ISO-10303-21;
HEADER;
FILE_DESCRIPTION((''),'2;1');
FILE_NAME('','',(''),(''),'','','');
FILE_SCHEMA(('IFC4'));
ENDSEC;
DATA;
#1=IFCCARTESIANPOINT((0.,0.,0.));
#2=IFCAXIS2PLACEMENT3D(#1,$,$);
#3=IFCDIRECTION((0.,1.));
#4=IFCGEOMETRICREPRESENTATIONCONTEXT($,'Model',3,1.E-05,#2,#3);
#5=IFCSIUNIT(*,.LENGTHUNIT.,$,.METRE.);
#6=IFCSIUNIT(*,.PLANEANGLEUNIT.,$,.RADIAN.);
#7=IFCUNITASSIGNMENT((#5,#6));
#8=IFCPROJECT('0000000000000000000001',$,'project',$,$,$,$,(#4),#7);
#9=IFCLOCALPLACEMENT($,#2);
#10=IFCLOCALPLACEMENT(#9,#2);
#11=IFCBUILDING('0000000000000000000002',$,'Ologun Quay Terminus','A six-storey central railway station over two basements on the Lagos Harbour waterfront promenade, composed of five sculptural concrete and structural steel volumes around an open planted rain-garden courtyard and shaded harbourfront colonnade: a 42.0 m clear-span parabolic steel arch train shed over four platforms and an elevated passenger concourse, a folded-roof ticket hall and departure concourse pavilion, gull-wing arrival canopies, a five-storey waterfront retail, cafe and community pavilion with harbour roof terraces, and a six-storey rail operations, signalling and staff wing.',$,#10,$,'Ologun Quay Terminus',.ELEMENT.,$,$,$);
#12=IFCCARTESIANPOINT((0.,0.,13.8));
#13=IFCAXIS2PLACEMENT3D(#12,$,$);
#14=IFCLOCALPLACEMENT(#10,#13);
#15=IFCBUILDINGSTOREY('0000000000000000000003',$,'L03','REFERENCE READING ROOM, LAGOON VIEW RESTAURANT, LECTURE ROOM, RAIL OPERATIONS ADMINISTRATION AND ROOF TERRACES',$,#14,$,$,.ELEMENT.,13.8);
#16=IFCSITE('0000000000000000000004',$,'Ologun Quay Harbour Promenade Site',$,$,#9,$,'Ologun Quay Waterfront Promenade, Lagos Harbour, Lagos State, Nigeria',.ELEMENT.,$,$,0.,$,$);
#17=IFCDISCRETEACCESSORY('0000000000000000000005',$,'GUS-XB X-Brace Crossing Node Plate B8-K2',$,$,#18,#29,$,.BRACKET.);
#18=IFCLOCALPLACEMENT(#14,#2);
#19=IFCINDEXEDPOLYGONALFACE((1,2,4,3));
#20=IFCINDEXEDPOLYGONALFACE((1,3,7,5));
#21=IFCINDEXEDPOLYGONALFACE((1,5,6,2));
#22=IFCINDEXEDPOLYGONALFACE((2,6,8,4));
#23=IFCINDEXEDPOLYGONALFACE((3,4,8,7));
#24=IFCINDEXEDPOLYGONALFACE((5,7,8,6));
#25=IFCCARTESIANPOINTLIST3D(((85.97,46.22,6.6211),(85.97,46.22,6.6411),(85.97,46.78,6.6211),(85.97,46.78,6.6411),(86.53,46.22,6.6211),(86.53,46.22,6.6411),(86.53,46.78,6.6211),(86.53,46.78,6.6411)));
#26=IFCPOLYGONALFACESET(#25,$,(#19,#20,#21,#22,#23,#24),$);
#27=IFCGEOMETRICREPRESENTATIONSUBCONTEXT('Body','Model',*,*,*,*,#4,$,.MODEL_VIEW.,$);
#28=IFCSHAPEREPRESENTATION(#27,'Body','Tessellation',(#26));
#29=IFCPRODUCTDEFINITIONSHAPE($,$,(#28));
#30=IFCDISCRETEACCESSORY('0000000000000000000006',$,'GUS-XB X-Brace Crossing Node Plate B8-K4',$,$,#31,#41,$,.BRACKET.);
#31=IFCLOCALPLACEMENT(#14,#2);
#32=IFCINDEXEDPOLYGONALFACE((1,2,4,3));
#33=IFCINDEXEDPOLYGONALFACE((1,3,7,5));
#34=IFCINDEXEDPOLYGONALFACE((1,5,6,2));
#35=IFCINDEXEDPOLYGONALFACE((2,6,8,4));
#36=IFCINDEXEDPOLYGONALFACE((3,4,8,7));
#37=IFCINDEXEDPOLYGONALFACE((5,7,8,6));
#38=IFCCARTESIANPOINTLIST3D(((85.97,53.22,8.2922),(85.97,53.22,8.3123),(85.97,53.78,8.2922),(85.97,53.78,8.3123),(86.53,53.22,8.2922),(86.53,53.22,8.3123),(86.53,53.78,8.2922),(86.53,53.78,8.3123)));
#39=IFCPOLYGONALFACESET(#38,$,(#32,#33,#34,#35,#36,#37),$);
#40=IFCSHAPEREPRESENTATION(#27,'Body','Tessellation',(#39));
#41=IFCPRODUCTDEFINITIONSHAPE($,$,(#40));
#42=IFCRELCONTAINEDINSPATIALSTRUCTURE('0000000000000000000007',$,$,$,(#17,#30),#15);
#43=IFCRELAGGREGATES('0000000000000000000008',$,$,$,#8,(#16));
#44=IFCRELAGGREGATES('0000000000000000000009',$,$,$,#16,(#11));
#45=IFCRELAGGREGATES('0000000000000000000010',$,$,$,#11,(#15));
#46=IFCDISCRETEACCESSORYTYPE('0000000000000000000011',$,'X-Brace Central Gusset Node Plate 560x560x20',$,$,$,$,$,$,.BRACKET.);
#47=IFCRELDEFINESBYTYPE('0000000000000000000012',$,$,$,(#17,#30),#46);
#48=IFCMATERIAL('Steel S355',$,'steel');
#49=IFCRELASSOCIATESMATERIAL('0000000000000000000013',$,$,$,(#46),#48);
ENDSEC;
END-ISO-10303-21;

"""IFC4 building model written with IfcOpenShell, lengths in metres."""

from ifc_helpers import new_model, si_unit, direction, frame, origin, origin_2d, place, context, subcontext, project, spatial, rectangle, extrude, material, type_object, element, save


model = new_model("IFC4")

# Units and contexts
model_context = context("Model", 3, precision=1e-05, world=origin(), true_north=direction((0.0, 1.0)))
body_context = subcontext(model_context, "Body", "Model", "MODEL_VIEW")
ifc_project = project(units=[si_unit("LENGTHUNIT", "METRE"), si_unit("PLANEANGLEUNIT", "RADIAN")], contexts=[model_context])

# Site, building, storey
site_placement = place(None, origin())
site = spatial("IfcSite", under=ifc_project, at=site_placement, Name="Ologun Quay Harbour Promenade Site", LongName="Ologun Quay Waterfront Promenade, Lagos Harbour, Lagos State, Nigeria", CompositionType="ELEMENT", RefElevation=0.0)
building_placement = place(site_placement, origin())
building = spatial("IfcBuilding", under=site, at=building_placement, Name="Ologun Quay Terminus", Description="A six-storey central railway station over two basements on the Lagos Harbour waterfront promenade, composed of five sculptural concrete and structural steel volumes around an open planted rain-garden courtyard and shaded harbourfront colonnade: a 42.0 m clear-span parabolic steel arch train shed over four platforms and an elevated passenger concourse, a folded-roof ticket hall and departure concourse pavilion, gull-wing arrival canopies, a five-storey waterfront retail, cafe and community pavilion with harbour roof terraces, and a six-storey rail operations, signalling and staff wing.", LongName="Ologun Quay Terminus", CompositionType="ELEMENT")
storey_placement = place(building_placement, frame((0.0, 0.0, 13.8)))
storey = spatial("IfcBuildingStorey", under=building, at=storey_placement, Name="L03", Description="REFERENCE READING ROOM, LAGOON VIEW RESTAURANT, LECTURE ROOM, RAIL OPERATIONS ADMINISTRATION AND ROOF TERRACES", CompositionType="ELEMENT", Elevation=13.8)

# Discrete accessories
ifc_material_1 = material(Name="Steel S355", Category="steel")
discrete_accessory_type = type_object("IfcDiscreteAccessoryType", Name="X-Brace Central Gusset Node Plate 560x560x20", PredefinedType="BRACKET", material=ifc_material_1)
for number, where, z_axis, x_axis, name in (
    (1, (86.25, 46.5, 6.6211), (0.0, 0.0, 1.0), (1.0, 0.0, 0.0), "GUS-XB X-Brace Crossing Node Plate B8-K2"),
    (2, (86.25, 53.5, 8.2922), (0.0, 0.0, 1.0), (1.0, 0.0, 0.0), "GUS-XB X-Brace Crossing Node Plate B8-K4"),
):
    element("IfcDiscreteAccessory", number, at=place(storey_placement, frame(where, z_axis=z_axis, x_axis=x_axis)), inside=storey, type_object=discrete_accessory_type, Name=name, PredefinedType="BRACKET", context=body_context, shape_type="SweptSolid", body=[
        extrude(rectangle(XDim=0.5601, YDim=0.5601, at=origin_2d()), origin(), (0.0, 0.0, 1.0), 0.02),
    ])

save(model, "model.ifc")
